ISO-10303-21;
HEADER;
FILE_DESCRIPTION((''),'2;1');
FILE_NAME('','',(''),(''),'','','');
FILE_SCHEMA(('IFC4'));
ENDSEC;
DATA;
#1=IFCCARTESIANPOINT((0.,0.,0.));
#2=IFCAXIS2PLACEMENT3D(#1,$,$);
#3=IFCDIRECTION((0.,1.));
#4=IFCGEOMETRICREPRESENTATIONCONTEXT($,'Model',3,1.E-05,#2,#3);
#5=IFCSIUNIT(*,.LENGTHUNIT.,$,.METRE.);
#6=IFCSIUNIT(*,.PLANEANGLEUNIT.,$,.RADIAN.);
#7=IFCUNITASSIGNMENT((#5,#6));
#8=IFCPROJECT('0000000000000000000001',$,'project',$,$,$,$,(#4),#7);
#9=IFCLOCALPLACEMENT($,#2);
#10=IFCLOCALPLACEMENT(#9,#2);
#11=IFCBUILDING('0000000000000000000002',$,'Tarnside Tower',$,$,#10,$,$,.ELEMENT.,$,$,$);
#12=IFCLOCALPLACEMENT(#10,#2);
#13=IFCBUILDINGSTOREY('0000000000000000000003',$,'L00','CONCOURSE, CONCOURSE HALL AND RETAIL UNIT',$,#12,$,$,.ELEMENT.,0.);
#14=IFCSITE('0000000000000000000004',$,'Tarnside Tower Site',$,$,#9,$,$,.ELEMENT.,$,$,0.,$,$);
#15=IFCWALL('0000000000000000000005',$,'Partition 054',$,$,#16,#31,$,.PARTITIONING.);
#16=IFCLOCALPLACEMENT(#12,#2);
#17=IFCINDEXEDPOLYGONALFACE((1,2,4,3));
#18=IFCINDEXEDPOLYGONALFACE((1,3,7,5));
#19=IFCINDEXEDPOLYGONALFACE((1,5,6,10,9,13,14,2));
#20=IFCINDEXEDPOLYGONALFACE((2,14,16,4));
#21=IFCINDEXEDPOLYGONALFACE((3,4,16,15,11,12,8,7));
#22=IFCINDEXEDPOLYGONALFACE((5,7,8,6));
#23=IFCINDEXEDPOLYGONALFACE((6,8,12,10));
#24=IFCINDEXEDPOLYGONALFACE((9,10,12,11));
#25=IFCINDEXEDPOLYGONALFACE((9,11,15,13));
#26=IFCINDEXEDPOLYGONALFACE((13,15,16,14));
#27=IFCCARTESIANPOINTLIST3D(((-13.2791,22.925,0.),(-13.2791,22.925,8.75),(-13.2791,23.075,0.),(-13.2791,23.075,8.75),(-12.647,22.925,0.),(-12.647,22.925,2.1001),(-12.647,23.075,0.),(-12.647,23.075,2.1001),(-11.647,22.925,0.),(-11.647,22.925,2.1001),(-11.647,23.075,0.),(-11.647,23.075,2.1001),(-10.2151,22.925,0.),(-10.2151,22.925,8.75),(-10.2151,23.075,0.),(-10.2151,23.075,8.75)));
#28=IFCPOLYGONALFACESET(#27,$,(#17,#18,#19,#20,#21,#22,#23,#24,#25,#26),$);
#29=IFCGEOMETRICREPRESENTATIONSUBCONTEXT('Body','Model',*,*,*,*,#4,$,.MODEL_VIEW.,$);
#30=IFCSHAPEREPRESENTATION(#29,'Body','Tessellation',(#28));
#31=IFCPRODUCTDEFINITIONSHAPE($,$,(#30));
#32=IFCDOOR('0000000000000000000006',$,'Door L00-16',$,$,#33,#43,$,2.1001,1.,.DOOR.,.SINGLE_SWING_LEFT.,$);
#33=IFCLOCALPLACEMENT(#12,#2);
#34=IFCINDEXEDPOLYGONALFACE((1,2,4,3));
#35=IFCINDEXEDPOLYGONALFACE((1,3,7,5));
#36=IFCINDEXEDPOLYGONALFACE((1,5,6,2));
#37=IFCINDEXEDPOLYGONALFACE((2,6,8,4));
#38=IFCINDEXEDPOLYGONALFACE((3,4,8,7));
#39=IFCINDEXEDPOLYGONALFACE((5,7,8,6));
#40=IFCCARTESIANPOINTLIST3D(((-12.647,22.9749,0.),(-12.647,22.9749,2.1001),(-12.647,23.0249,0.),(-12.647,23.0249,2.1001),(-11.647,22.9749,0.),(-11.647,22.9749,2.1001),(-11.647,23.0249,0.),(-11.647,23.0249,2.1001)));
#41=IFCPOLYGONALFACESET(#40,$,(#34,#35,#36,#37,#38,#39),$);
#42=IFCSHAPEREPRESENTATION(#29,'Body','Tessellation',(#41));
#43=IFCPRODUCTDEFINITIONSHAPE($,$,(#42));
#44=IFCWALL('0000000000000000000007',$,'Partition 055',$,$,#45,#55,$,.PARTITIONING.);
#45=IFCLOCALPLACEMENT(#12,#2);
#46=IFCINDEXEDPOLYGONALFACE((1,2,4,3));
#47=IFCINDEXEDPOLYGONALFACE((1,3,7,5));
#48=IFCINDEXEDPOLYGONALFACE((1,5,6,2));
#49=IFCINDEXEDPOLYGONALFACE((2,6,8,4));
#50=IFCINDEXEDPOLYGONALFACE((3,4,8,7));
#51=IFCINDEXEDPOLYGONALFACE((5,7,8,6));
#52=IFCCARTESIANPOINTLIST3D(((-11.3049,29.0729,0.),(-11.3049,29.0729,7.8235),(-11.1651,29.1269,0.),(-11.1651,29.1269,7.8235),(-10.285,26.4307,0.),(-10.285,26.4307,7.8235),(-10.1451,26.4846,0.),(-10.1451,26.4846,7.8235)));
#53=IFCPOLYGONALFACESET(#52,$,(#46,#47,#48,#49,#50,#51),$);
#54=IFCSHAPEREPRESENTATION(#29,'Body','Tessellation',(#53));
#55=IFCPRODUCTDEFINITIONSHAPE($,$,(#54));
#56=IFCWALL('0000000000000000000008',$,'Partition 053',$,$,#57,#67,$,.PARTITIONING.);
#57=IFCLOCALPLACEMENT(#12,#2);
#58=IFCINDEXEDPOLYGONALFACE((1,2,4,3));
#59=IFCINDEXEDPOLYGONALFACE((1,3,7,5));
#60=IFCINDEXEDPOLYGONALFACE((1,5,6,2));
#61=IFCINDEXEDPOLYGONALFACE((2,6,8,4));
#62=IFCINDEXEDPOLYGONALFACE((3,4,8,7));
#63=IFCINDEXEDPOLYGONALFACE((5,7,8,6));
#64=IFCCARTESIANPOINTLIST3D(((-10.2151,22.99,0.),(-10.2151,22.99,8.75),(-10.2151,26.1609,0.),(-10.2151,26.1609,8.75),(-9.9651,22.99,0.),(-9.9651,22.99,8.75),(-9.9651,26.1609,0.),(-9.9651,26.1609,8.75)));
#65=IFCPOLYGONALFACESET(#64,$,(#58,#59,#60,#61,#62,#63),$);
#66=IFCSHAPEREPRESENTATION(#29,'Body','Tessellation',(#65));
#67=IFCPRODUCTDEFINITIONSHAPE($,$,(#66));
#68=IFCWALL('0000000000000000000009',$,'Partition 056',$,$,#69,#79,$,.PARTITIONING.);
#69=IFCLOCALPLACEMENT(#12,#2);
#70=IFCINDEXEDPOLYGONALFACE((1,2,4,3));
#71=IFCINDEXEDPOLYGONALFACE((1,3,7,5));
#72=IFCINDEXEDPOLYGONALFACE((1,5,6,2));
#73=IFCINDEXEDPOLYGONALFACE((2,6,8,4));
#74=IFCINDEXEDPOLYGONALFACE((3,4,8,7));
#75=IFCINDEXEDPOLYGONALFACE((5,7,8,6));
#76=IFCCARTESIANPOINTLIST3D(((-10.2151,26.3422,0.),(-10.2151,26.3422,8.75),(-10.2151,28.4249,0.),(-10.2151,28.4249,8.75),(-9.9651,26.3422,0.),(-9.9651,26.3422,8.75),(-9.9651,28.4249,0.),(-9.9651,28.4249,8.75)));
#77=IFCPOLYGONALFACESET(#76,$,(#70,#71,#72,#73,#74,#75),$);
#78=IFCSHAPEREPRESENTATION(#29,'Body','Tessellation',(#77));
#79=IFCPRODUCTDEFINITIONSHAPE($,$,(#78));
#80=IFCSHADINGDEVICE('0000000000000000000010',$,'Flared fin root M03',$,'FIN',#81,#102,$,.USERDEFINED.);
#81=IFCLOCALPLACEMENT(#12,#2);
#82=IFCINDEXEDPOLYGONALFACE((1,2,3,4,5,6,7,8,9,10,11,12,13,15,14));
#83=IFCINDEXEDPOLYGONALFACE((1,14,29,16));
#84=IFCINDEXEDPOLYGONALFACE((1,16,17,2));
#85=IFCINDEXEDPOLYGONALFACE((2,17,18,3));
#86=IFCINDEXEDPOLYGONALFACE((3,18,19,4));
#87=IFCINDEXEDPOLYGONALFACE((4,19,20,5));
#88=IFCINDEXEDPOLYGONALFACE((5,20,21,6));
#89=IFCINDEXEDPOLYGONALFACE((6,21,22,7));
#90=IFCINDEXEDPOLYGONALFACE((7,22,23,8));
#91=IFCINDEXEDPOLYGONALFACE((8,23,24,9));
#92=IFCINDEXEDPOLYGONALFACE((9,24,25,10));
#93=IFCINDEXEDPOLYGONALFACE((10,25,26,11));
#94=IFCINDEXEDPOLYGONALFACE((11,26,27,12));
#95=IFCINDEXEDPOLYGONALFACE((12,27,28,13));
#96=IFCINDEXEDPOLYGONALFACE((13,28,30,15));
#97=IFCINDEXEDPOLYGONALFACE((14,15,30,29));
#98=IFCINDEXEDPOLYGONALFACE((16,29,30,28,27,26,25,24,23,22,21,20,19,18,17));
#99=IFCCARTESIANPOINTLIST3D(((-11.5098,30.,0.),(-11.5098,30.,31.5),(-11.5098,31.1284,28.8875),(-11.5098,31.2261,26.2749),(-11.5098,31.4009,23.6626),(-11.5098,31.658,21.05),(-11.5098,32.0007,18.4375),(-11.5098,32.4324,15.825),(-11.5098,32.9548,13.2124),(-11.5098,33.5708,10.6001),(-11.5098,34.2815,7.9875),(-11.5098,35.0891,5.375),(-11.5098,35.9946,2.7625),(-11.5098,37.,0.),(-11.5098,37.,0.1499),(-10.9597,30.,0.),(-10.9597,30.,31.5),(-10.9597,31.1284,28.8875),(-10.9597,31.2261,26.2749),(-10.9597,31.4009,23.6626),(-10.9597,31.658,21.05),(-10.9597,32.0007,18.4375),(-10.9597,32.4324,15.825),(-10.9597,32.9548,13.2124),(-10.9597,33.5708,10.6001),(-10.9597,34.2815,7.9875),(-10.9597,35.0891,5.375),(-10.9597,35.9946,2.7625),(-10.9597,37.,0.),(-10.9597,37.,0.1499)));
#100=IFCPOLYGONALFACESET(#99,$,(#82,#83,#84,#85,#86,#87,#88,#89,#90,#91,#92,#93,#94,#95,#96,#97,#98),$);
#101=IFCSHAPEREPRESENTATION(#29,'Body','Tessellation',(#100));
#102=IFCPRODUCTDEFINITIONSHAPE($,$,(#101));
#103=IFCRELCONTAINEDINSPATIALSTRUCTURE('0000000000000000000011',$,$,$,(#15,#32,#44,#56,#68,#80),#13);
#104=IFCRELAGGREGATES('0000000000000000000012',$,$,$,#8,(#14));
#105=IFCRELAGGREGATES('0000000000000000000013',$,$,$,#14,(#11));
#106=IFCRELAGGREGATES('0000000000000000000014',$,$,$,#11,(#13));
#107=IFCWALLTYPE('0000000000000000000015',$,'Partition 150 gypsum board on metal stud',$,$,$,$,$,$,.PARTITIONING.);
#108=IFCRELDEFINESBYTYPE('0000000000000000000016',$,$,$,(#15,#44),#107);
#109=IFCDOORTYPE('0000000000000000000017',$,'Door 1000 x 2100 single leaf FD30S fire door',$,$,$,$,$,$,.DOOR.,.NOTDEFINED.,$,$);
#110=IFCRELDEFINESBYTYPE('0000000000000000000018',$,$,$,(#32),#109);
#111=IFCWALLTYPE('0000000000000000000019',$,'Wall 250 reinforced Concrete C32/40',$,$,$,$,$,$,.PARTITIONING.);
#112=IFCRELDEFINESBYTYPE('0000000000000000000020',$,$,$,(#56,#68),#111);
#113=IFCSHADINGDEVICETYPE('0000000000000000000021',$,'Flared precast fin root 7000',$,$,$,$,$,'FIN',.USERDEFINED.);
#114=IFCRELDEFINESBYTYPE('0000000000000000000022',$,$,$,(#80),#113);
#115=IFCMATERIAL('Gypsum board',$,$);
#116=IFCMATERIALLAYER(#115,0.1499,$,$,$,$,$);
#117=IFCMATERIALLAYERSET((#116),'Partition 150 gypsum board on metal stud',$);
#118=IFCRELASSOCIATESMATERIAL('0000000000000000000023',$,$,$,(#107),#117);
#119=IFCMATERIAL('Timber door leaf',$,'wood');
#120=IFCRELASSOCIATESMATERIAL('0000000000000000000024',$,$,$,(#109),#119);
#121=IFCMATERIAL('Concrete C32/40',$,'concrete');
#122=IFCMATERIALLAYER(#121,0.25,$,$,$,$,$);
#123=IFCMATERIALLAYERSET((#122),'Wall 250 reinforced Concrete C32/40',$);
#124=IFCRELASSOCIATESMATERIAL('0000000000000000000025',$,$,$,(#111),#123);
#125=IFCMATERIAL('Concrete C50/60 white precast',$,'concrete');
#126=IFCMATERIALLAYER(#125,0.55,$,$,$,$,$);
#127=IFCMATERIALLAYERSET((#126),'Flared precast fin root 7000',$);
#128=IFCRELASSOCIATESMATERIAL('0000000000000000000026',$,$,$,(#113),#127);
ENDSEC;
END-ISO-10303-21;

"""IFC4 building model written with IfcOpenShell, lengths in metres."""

from ifc_helpers import new_model, si_unit, direction, frame, frame_2d, origin, place, context, subcontext, project, spatial, polyline, rectangle, outline, extrude, material, layer, layer_set, type_object, element, fill, save


model = new_model("IFC4")

# Units and contexts
model_context = context("Model", 3, precision=1e-05, world=origin(), true_north=direction((0.0, 1.0)))
body_context = subcontext(model_context, "Body", "Model", "MODEL_VIEW")
ifc_project = project(units=[si_unit("LENGTHUNIT", "METRE"), si_unit("PLANEANGLEUNIT", "RADIAN")], contexts=[model_context])

# Site, building, storey
site_placement = place(None, origin())
site = spatial("IfcSite", under=ifc_project, at=site_placement, Name="Tarnside Tower Site", CompositionType="ELEMENT", RefElevation=0.0)
building_placement = place(site_placement, origin())
building = spatial("IfcBuilding", under=site, at=building_placement, Name="Tarnside Tower", CompositionType="ELEMENT")
storey_placement = place(building_placement, origin())
storey = spatial("IfcBuildingStorey", under=building, at=storey_placement, Name="L00", Description="CONCOURSE, CONCOURSE HALL AND RETAIL UNIT", CompositionType="ELEMENT", Elevation=0.0)

# Shared definitions
ifc_material_1 = material(Name="Gypsum board")
ifc_layer_1 = layer(ifc_material_1, 0.1499)
ifc_layer_set_1 = layer_set([ifc_layer_1], Name="Partition 150 gypsum board on metal stud")
wall_type_1 = type_object("IfcWallType", Name="Partition 150 gypsum board on metal stud", PredefinedType="PARTITIONING", material=ifc_layer_set_1)
ifc_material_2 = material(Name="Timber door leaf", Category="wood")
door_type = type_object("IfcDoorType", Name="Door 1000 x 2100 single leaf FD30S fire door", OperationType="NOTDEFINED", PredefinedType="DOOR", material=ifc_material_2)

# Wall, opening, door
wall_1_placement = place(storey_placement, frame((-13.2791, 23.0, 0.0), z_axis=(0.0, 0.0, 1.0), x_axis=(1.0, 0.0, 0.0)))
wall_1 = element("IfcWall", 1, at=wall_1_placement, inside=storey, type_object=wall_type_1, Name="Partition 054", PredefinedType="PARTITIONING", context=body_context, shape_type="SweptSolid", body=[
    extrude(rectangle(XDim=3.064, YDim=0.1499, at=frame_2d((1.532, 0.0))), origin(), (0.0, 0.0, 1.0), 8.75),
])
opening_1_placement = place(wall_1_placement, frame((0.6321, 0.0, 0.0)))
opening_1 = element("IfcOpeningElement", 2, at=opening_1_placement, cuts=wall_1, PredefinedType="OPENING", context=body_context, shape_type="SweptSolid", body=[
    extrude(rectangle(XDim=1.0, YDim=2.1001, at=frame_2d((0.5, 1.05))), frame((0.0, 0.085, 0.0), z_axis=(0.0, -1.0, 0.0), x_axis=(1.0, 0.0, 0.0)), (0.0, 0.0, 1.0), 0.1699),
])
door_1_placement = place(opening_1_placement, origin())
door_1 = element("IfcDoor", 3, at=door_1_placement, inside=storey, type_object=door_type, Name="Door L00-16", OperationType="SINGLE_SWING_LEFT", OverallHeight=2.1001, OverallWidth=1.0, PredefinedType="DOOR", context=body_context, shape_type="SweptSolid", body=[
    extrude(rectangle(XDim=1.0, YDim=2.1001, at=frame_2d((0.5, 1.05))), frame((0.0, 0.0249, 0.0), z_axis=(0.0, -1.0, 0.0), x_axis=(1.0, 0.0, 0.0)), (0.0, 0.0, 1.0), 0.05),
])
fill(opening_1, door_1)

# Walls
wall_2_placement = place(storey_placement, frame((-10.2151, 26.4578, 0.0), z_axis=(0.0, 0.0, 1.0), x_axis=(-0.360128, 0.932903, 0.0)))
element("IfcWall", 4, at=wall_2_placement, inside=storey, type_object=wall_type_1, Name="Partition 055", PredefinedType="PARTITIONING", context=body_context, shape_type="SweptSolid", body=[
    extrude(rectangle(XDim=2.8323, YDim=0.1499, at=frame_2d((1.416, 0.0))), origin(), (0.0, 0.0, 1.0), 7.8235),
])
ifc_material_3 = material(Name="Concrete C32/40", Category="concrete")
ifc_layer_2 = layer(ifc_material_3, 0.25)
ifc_layer_set_2 = layer_set([ifc_layer_2], Name="Wall 250 reinforced Concrete C32/40")
wall_type_2 = type_object("IfcWallType", Name="Wall 250 reinforced Concrete C32/40", PredefinedType="PARTITIONING", material=ifc_layer_set_2)
wall_3_placement = place(storey_placement, frame((-10.0901, 22.99, 0.0), z_axis=(0.0, 0.0, 1.0), x_axis=(0.0, 1.0, 0.0)))
element("IfcWall", 5, at=wall_3_placement, inside=storey, type_object=wall_type_2, Name="Partition 053", PredefinedType="PARTITIONING", context=body_context, shape_type="SweptSolid", body=[
    extrude(rectangle(XDim=3.1709, YDim=0.25, at=frame_2d((1.5854, 0.0))), origin(), (0.0, 0.0, 1.0), 8.75),
])
wall_4_placement = place(storey_placement, frame((-10.0901, 28.425, 0.0), z_axis=(0.0, 0.0, 1.0), x_axis=(0.0, -1.0, 0.0)))
element("IfcWall", 6, at=wall_4_placement, inside=storey, type_object=wall_type_2, Name="Partition 056", PredefinedType="PARTITIONING", context=body_context, shape_type="SweptSolid", body=[
    extrude(rectangle(XDim=2.0828, YDim=0.25, at=frame_2d((1.0415, 0.0))), origin(), (0.0, 0.0, 1.0), 8.75),
])

# Shading device
ifc_material_4 = material(Name="Concrete C50/60 white precast", Category="concrete")
ifc_layer_3 = layer(ifc_material_4, 0.55)
ifc_layer_set_3 = layer_set([ifc_layer_3], Name="Flared precast fin root 7000")
shading_device_type = type_object("IfcShadingDeviceType", Name="Flared precast fin root 7000", ElementType="FIN", PredefinedType="USERDEFINED", material=ifc_layer_set_3)
shading_device_placement = place(storey_placement, frame((-11.2349, 30.0, 0.0), z_axis=(1.0, 0.0, 0.0), x_axis=(0.0, 1.0, 0.0)))
element("IfcShadingDevice", 7, at=shading_device_placement, inside=storey, type_object=shading_device_type, Name="Flared fin root M03", ObjectType="FIN", PredefinedType="USERDEFINED", context=body_context, shape_type="SweptSolid", body=[
    extrude(outline(polyline([(0.0, 0.0), (7.0, 0.0), (7.0, 0.1499), (5.9946, 2.7625), (5.0891, 5.375), (4.2815, 7.9875), (3.5708, 10.6001), (2.9548, 13.2124), (2.4324, 15.825), (2.0007, 18.4375), (1.658, 21.05), (1.4009, 23.6626), (1.2261, 26.2749), (1.1284, 28.8875), (0.0, 31.5), (0.0, 0.0)])), frame((0.0, 0.0, -0.2749)), (0.0, 0.0, 1.0), 0.55),
])

save(model, "model.ifc")
